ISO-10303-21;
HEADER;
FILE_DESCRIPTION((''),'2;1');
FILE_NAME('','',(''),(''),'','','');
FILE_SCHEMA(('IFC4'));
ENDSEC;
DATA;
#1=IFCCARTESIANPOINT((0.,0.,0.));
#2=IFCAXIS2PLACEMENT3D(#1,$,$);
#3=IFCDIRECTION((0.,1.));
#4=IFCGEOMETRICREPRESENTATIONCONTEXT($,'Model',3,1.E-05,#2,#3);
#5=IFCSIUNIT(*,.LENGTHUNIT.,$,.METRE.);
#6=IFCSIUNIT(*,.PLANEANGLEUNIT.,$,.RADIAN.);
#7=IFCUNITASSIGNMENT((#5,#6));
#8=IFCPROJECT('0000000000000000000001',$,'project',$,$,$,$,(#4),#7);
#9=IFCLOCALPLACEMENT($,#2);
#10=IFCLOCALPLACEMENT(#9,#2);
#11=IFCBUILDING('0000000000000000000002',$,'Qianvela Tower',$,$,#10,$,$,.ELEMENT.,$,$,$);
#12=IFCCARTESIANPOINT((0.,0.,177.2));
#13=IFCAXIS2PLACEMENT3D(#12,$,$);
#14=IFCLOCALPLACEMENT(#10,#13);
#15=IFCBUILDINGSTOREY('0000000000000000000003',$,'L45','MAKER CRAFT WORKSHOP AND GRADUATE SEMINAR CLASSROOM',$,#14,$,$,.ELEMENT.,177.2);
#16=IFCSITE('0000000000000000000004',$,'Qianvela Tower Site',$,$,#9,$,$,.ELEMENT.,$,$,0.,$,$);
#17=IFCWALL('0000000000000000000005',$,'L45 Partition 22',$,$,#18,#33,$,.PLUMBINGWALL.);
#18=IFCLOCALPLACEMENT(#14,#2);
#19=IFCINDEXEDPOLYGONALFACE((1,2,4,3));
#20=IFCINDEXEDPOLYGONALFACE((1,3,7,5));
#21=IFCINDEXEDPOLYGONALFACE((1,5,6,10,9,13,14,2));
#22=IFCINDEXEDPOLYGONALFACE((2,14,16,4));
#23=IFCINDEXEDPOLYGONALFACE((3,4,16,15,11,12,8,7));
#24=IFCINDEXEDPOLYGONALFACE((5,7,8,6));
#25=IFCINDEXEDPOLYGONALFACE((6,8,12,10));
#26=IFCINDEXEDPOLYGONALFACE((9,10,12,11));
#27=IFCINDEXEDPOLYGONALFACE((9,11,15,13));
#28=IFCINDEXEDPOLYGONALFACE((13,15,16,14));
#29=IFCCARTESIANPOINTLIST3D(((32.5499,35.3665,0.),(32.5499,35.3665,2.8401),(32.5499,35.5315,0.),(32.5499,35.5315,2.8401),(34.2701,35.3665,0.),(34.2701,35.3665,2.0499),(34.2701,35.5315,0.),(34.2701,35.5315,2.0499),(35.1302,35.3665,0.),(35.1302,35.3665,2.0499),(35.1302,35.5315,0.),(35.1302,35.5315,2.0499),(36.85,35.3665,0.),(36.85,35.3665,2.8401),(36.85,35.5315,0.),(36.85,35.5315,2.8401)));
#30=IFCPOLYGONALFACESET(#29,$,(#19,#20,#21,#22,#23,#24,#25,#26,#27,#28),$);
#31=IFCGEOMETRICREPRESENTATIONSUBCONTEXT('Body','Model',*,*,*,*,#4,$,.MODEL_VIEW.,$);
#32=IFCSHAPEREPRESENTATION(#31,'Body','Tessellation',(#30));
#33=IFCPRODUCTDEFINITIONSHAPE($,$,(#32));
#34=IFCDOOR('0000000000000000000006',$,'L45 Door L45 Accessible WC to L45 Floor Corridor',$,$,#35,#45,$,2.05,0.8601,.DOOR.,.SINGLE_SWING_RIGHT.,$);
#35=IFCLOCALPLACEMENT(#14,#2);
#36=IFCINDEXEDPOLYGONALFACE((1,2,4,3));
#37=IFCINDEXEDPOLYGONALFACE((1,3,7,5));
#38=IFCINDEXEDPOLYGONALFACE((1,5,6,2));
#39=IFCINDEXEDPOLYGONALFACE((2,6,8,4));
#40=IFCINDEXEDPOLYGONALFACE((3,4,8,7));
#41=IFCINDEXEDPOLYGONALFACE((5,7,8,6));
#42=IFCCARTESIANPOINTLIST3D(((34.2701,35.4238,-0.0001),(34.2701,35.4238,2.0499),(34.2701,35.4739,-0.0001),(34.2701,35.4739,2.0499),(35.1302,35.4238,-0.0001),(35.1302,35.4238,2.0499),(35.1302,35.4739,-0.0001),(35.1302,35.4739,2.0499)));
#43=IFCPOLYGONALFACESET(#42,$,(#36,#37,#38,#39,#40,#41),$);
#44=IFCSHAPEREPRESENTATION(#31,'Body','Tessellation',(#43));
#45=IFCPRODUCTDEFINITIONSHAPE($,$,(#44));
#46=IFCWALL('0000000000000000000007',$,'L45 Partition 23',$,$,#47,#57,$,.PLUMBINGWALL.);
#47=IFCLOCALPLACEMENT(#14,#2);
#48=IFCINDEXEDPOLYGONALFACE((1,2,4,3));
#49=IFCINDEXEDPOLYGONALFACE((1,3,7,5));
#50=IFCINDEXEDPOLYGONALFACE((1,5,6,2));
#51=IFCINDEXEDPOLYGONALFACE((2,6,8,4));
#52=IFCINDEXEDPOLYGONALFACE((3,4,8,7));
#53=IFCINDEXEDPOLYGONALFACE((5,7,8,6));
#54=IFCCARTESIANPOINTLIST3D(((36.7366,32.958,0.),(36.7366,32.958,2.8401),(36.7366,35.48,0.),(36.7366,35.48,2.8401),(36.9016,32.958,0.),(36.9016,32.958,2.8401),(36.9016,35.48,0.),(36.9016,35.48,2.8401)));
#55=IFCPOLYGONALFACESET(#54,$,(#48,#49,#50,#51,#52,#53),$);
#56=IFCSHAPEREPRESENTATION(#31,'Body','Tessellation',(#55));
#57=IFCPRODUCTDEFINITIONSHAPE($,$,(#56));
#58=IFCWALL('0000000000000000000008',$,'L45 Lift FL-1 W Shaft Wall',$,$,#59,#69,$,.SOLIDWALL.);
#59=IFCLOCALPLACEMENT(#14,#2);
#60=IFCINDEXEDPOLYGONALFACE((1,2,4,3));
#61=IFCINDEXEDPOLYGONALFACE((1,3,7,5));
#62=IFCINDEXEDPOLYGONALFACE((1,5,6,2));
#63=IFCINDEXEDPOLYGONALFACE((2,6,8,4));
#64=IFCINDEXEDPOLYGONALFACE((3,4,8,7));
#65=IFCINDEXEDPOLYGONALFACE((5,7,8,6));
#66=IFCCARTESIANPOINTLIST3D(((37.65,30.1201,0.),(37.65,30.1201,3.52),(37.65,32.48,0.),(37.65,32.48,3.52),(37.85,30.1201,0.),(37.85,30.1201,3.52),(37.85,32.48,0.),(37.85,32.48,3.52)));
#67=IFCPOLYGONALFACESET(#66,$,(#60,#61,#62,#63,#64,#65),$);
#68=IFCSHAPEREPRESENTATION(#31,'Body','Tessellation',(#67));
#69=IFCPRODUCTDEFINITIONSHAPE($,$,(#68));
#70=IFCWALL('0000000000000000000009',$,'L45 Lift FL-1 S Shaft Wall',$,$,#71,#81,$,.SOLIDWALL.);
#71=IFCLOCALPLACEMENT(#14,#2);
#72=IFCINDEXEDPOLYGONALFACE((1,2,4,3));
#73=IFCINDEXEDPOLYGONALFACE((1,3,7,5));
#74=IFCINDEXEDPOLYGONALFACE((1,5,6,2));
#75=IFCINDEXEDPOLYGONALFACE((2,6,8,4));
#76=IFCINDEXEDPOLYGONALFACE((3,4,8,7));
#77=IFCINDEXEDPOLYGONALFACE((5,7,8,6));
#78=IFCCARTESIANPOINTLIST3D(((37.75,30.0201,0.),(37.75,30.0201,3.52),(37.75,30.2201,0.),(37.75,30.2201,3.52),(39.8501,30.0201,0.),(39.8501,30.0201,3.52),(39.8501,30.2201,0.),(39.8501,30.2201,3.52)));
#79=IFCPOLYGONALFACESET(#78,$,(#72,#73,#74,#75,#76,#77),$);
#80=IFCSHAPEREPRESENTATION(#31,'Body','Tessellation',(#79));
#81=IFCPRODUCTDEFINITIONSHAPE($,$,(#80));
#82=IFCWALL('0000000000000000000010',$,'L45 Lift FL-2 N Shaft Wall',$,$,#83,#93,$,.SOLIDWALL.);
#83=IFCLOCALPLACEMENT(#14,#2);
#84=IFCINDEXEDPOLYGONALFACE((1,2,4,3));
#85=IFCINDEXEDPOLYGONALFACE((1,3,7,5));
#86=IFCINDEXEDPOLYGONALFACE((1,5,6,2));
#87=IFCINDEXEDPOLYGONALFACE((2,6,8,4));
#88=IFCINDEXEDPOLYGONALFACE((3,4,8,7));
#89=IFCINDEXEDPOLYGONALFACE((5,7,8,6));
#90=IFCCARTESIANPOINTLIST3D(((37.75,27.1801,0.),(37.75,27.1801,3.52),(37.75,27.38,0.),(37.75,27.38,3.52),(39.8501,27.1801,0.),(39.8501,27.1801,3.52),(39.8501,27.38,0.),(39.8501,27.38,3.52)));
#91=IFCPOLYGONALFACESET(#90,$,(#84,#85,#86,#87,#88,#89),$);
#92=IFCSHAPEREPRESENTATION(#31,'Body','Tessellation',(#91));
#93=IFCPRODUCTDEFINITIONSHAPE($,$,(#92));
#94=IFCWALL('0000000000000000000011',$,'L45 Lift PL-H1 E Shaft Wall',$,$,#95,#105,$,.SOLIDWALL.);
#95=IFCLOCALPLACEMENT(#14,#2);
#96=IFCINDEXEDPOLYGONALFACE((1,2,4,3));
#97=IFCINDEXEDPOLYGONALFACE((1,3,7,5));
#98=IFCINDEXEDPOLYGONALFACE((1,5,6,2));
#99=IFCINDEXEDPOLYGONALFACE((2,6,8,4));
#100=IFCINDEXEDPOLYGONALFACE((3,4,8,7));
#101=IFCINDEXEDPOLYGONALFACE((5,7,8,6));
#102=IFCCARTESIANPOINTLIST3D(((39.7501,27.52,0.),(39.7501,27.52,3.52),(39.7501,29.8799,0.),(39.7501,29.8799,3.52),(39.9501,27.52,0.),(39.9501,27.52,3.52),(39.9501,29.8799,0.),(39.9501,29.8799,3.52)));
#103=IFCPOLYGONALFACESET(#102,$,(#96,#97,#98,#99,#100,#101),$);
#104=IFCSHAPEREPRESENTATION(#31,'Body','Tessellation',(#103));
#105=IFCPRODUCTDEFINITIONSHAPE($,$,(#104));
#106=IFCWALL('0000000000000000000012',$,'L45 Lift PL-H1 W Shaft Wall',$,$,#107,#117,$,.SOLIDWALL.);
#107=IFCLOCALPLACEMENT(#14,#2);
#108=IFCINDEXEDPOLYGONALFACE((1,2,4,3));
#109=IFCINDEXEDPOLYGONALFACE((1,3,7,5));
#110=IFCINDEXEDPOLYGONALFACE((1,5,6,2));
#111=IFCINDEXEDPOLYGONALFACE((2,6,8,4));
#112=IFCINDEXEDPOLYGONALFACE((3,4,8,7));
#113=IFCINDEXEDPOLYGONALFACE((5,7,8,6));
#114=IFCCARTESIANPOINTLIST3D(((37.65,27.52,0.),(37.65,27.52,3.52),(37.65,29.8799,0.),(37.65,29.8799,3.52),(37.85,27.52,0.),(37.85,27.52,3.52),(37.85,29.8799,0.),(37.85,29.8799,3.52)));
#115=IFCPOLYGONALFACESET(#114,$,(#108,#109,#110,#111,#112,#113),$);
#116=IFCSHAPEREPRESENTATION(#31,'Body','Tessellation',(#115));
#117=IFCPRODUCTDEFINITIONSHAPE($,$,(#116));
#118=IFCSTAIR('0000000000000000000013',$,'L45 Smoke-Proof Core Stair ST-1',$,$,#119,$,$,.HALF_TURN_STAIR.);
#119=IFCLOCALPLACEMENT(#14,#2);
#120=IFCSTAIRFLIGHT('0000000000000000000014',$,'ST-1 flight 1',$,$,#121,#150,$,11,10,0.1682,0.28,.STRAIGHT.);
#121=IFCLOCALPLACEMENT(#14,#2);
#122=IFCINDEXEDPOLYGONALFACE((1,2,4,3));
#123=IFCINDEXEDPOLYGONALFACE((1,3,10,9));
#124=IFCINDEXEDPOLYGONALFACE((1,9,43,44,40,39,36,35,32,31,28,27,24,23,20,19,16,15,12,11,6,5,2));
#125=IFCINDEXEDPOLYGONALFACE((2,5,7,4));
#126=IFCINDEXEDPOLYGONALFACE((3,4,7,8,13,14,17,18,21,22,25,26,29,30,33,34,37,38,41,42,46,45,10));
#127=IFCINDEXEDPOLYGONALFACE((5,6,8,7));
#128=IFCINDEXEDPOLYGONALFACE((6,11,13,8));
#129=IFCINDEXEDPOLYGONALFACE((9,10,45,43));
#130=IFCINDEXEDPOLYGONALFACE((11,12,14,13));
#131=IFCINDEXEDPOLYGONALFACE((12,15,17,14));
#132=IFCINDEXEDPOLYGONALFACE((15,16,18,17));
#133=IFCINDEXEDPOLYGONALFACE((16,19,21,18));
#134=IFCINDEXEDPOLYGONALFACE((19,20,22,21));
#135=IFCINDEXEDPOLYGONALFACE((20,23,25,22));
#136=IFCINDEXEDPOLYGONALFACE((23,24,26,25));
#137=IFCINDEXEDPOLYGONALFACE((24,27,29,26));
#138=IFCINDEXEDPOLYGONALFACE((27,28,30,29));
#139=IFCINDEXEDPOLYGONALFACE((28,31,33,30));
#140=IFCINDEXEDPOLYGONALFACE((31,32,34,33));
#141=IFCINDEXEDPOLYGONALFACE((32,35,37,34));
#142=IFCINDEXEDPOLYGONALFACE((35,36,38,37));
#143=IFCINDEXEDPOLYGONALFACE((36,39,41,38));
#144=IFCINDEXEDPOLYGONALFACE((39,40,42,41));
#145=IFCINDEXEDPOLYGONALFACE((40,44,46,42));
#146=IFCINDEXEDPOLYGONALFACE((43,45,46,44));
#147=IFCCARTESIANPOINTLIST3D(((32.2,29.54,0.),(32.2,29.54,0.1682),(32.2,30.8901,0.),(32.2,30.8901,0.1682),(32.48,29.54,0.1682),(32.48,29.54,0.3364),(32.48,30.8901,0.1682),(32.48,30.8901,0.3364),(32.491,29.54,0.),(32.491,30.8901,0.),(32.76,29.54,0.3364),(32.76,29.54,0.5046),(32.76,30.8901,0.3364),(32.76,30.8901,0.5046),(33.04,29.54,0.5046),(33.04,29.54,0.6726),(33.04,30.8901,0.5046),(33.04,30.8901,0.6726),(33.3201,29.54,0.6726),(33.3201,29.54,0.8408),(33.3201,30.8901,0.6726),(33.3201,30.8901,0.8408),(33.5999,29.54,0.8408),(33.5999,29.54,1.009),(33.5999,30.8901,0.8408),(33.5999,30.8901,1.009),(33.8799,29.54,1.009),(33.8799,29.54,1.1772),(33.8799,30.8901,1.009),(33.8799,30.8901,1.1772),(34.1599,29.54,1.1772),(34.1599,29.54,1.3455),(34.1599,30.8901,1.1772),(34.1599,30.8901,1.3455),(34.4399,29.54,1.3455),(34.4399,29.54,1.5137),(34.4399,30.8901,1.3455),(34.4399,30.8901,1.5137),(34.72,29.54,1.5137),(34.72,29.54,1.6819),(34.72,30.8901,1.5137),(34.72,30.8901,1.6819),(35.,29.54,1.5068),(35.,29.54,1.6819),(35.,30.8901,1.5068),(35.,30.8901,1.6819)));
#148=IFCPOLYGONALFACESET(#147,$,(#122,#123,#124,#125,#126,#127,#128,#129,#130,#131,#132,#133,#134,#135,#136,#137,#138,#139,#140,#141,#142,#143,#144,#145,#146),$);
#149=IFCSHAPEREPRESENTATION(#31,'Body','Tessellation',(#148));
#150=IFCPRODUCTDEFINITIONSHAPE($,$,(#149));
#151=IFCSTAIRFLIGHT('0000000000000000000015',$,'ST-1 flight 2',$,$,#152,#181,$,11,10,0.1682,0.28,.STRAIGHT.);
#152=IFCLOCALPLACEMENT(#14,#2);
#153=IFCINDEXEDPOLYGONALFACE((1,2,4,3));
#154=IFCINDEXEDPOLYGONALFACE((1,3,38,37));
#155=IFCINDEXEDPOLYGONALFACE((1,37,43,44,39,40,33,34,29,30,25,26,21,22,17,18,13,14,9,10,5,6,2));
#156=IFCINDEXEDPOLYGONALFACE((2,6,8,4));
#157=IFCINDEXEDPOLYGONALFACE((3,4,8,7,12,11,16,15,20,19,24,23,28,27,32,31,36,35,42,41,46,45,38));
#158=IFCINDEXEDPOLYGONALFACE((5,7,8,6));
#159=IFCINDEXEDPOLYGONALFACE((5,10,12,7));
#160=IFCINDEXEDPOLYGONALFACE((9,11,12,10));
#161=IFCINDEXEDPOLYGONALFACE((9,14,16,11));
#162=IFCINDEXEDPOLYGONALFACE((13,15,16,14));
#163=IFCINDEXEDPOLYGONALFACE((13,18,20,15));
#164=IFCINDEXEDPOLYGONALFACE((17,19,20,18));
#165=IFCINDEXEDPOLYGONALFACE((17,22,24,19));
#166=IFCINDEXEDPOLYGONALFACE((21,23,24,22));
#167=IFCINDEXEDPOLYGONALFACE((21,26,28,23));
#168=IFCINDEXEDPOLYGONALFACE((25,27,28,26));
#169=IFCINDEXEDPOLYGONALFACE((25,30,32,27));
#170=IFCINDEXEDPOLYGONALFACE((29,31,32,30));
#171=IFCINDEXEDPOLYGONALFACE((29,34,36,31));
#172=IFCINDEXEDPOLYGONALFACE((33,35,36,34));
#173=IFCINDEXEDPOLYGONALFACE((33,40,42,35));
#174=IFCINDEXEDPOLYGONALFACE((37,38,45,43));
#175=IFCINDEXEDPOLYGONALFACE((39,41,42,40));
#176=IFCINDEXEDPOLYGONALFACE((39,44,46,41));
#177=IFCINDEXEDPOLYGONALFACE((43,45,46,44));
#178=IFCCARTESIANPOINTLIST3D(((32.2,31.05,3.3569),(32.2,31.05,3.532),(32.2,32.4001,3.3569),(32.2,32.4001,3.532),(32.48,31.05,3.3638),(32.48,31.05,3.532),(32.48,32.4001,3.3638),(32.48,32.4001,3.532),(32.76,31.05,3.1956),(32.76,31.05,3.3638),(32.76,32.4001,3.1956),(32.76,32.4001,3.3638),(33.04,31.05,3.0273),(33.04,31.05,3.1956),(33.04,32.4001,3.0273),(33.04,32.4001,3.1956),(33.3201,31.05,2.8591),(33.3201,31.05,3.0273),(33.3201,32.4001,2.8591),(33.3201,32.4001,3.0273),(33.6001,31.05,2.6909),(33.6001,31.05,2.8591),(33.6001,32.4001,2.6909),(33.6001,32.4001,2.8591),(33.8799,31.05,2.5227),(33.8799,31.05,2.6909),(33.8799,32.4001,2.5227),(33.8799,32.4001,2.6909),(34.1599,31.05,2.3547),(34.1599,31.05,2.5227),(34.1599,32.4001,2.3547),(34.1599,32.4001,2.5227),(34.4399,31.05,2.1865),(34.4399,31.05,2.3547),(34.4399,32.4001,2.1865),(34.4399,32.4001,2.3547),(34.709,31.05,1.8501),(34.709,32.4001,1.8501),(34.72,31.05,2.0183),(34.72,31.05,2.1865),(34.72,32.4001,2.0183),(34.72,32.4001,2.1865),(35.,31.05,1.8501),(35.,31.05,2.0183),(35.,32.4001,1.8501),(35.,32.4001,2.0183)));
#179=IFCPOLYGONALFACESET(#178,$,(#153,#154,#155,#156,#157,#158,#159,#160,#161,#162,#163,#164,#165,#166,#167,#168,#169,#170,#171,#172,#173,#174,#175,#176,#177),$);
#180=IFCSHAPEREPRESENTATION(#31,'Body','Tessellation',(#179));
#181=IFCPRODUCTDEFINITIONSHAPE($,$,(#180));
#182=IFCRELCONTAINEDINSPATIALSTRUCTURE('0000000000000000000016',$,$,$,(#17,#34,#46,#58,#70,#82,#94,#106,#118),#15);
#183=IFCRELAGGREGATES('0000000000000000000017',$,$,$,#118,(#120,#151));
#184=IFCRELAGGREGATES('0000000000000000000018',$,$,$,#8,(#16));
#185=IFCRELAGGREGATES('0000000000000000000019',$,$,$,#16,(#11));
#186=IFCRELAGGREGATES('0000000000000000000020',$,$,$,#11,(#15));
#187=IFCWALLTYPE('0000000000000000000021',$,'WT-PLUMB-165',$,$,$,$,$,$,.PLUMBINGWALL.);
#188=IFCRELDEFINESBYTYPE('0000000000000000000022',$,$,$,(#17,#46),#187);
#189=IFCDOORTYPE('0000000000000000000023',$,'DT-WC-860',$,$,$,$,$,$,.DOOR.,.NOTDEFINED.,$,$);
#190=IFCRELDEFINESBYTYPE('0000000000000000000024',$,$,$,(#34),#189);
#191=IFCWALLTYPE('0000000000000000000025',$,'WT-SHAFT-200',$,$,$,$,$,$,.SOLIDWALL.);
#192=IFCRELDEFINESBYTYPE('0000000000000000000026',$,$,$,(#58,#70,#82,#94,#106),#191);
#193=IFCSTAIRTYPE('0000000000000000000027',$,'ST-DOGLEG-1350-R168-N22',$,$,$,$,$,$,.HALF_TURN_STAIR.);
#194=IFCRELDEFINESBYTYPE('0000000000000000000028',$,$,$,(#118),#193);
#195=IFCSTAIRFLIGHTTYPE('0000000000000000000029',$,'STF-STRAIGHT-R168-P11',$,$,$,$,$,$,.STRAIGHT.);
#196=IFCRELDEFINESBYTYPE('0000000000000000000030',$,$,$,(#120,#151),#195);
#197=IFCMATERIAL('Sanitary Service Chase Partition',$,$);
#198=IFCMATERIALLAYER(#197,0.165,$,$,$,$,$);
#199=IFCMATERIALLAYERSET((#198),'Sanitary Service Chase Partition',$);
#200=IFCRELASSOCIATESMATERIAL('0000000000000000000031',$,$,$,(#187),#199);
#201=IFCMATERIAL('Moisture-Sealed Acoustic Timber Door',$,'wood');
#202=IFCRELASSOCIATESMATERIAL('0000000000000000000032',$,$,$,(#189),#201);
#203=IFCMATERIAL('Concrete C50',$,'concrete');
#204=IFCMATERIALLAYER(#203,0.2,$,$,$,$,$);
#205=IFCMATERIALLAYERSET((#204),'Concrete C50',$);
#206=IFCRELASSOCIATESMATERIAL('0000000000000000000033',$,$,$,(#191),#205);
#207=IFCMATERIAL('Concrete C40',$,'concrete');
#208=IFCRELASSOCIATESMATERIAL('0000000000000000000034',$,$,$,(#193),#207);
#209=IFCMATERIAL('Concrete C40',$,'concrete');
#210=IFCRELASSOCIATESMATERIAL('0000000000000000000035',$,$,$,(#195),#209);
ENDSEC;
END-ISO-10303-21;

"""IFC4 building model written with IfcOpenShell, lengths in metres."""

from ifc_helpers import new_model, si_unit, direction, frame, frame_2d, origin, place, context, subcontext, project, spatial, polyline, rectangle, outline, extrude, material, layer, layer_set, type_object, element, fill, aggregate, save


model = new_model("IFC4")

# Units and contexts
model_context = context("Model", 3, precision=1e-05, world=origin(), true_north=direction((0.0, 1.0)))
body_context = subcontext(model_context, "Body", "Model", "MODEL_VIEW")
ifc_project = project(units=[si_unit("LENGTHUNIT", "METRE"), si_unit("PLANEANGLEUNIT", "RADIAN")], contexts=[model_context])

# Site, building, storey
site_placement = place(None, origin())
site = spatial("IfcSite", under=ifc_project, at=site_placement, Name="Qianvela Tower Site", CompositionType="ELEMENT", RefElevation=0.0)
building_placement = place(site_placement, origin())
building = spatial("IfcBuilding", under=site, at=building_placement, Name="Qianvela Tower", CompositionType="ELEMENT")
storey_placement = place(building_placement, frame((0.0, 0.0, 177.2)))
storey = spatial("IfcBuildingStorey", under=building, at=storey_placement, Name="L45", Description="MAKER CRAFT WORKSHOP AND GRADUATE SEMINAR CLASSROOM", CompositionType="ELEMENT", Elevation=177.2)

# Wall, opening, door
ifc_material_1 = material(Name="Sanitary Service Chase Partition")
ifc_layer_1 = layer(ifc_material_1, 0.165)
ifc_layer_set_1 = layer_set([ifc_layer_1], Name="Sanitary Service Chase Partition")
wall_type_1 = type_object("IfcWallType", Name="WT-PLUMB-165", PredefinedType="PLUMBINGWALL", material=ifc_layer_set_1)
wall_1_placement = place(storey_placement, frame((32.55, 35.449, 0.0), z_axis=(0.0, 0.0, 1.0), x_axis=(1.0, 0.0, 0.0)))
wall_1 = element("IfcWall", 1, at=wall_1_placement, inside=storey, type_object=wall_type_1, Name="L45 Partition 22", PredefinedType="PLUMBINGWALL", context=body_context, shape_type="SweptSolid", body=[
    extrude(rectangle(XDim=4.3, YDim=0.165, at=frame_2d((2.1499, 0.0))), origin(), (0.0, 0.0, 1.0), 2.8401),
])
opening_1_placement = place(wall_1_placement, frame((1.72, 0.0, 0.0)))
opening_1 = element("IfcOpeningElement", 2, at=opening_1_placement, cuts=wall_1, PredefinedType="OPENING", context=body_context, shape_type="SweptSolid", body=[
    extrude(rectangle(XDim=0.8601, YDim=2.05, at=frame_2d((0.4302, 1.0249))), frame((0.0, 0.0925, 0.0), z_axis=(0.0, -1.0, 0.0), x_axis=(1.0, 0.0, 0.0)), (0.0, 0.0, 1.0), 0.1851),
])
ifc_material_2 = material(Name="Moisture-Sealed Acoustic Timber Door", Category="wood")
door_type_1 = type_object("IfcDoorType", Name="DT-WC-860", OperationType="NOTDEFINED", PredefinedType="DOOR", material=ifc_material_2)
door_1_placement = place(opening_1_placement, origin())
door_1 = element("IfcDoor", 3, at=door_1_placement, inside=storey, type_object=door_type_1, Name="L45 Door L45 Accessible WC to L45 Floor Corridor", OperationType="SINGLE_SWING_RIGHT", OverallHeight=2.05, OverallWidth=0.8601, PredefinedType="DOOR", context=body_context, shape_type="SweptSolid", body=[
    extrude(rectangle(XDim=0.8601, YDim=2.05, at=frame_2d((0.4302, 1.0249))), frame((0.0, 0.0249, 0.0), z_axis=(0.0, -1.0, 0.0), x_axis=(1.0, 0.0, 0.0)), (0.0, 0.0, 1.0), 0.05),
])
fill(opening_1, door_1)

# Wall
wall_2_placement = place(storey_placement, frame((36.8191, 35.48, 0.0), z_axis=(0.0, 0.0, 1.0), x_axis=(0.0, -1.0, 0.0)))
element("IfcWall", 4, at=wall_2_placement, inside=storey, type_object=wall_type_1, Name="L45 Partition 23", PredefinedType="PLUMBINGWALL", context=body_context, shape_type="SweptSolid", body=[
    extrude(rectangle(XDim=2.522, YDim=0.165, at=frame_2d((1.261, 0.0))), origin(), (0.0, 0.0, 1.0), 2.8401),
])

# Shared definitions
ifc_material_3 = material(Name="Concrete C50", Category="concrete")
ifc_layer_2 = layer(ifc_material_3, 0.2)
ifc_layer_set_2 = layer_set([ifc_layer_2], Name="Concrete C50")
wall_type_2 = type_object("IfcWallType", Name="WT-SHAFT-200", PredefinedType="SOLIDWALL", material=ifc_layer_set_2)

# Walls
wall_3_placement = place(storey_placement, frame((37.75, 30.1201, 0.0), z_axis=(0.0, 0.0, 1.0), x_axis=(0.0, 1.0, 0.0)))
element("IfcWall", 5, at=wall_3_placement, inside=storey, type_object=wall_type_2, Name="L45 Lift FL-1 W Shaft Wall", PredefinedType="SOLIDWALL", context=body_context, shape_type="SweptSolid", body=[
    extrude(rectangle(XDim=2.3599, YDim=0.2, at=frame_2d((1.1799, 0.0))), origin(), (0.0, 0.0, 1.0), 3.52),
])
for number, where, z_axis, x_axis, name in (
    (6, (37.75, 30.1201, 0.0), (0.0, 0.0, 1.0), (1.0, 0.0, 0.0), "L45 Lift FL-1 S Shaft Wall"),
    (7, (37.75, 27.28, 0.0), (0.0, 0.0, 1.0), (1.0, 0.0, 0.0), "L45 Lift FL-2 N Shaft Wall"),
):
    element("IfcWall", number, at=place(storey_placement, frame(where, z_axis=z_axis, x_axis=x_axis)), inside=storey, type_object=wall_type_2, Name=name, PredefinedType="SOLIDWALL", context=body_context, shape_type="SweptSolid", body=[
        extrude(rectangle(XDim=2.1001, YDim=0.2, at=frame_2d((1.05, 0.0))), origin(), (0.0, 0.0, 1.0), 3.52),
    ])
for number, where, z_axis, x_axis, name in (
    (8, (39.8501, 27.52, 0.0), (0.0, 0.0, 1.0), (0.0, 1.0, 0.0), "L45 Lift PL-H1 E Shaft Wall"),
    (9, (37.75, 27.52, 0.0), (0.0, 0.0, 1.0), (0.0, 1.0, 0.0), "L45 Lift PL-H1 W Shaft Wall"),
):
    element("IfcWall", number, at=place(storey_placement, frame(where, z_axis=z_axis, x_axis=x_axis)), inside=storey, type_object=wall_type_2, Name=name, PredefinedType="SOLIDWALL", context=body_context, shape_type="SweptSolid", body=[
        extrude(rectangle(XDim=2.3599, YDim=0.2, at=frame_2d((1.1799, 0.0))), origin(), (0.0, 0.0, 1.0), 3.52),
    ])

# Stair, stair flights
ifc_material_4 = material(Name="Concrete C40", Category="concrete")
stair_type = type_object("IfcStairType", Name="ST-DOGLEG-1350-R168-N22", PredefinedType="HALF_TURN_STAIR", material=ifc_material_4)
stair_1_placement = place(storey_placement, origin())
stair_1 = element("IfcStair", 10, at=stair_1_placement, inside=storey, type_object=stair_type, Name="L45 Smoke-Proof Core Stair ST-1", PredefinedType="HALF_TURN_STAIR")
ifc_material_5 = material(Name="Concrete C40", Category="concrete")
stair_flight_type = type_object("IfcStairFlightType", Name="STF-STRAIGHT-R168-P11", PredefinedType="STRAIGHT", material=ifc_material_5)
stair_flight_1_placement = place(storey_placement, frame((32.2, 30.2151, 0.0), z_axis=(0.0, 0.0, 1.0), x_axis=(1.0, 0.0, 0.0)))
stair_flight_1 = element("IfcStairFlight", 11, at=stair_flight_1_placement, type_object=stair_flight_type, Name="ST-1 flight 1", NumberOfRisers=11, NumberOfTreads=10, PredefinedType="STRAIGHT", RiserHeight=0.1682, TreadLength=0.28, context=body_context, shape_type="SweptSolid", body=[
    extrude(outline(polyline([(0.0, 0.0), (0.0, 0.1682), (0.28, 0.1682), (0.28, 0.3364), (0.5601, 0.3364), (0.5601, 0.5046), (0.8401, 0.5046), (0.8401, 0.6726), (1.1201, 0.6726), (1.1201, 0.8408), (1.3999, 0.8408), (1.3999, 1.009), (1.6799, 1.009), (1.6799, 1.1772), (1.96, 1.1772), (1.96, 1.3455), (2.24, 1.3455), (2.24, 1.5137), (2.52, 1.5137), (2.52, 1.6819), (2.8, 1.6819), (2.8, 1.8501), (2.8, 1.5068), (0.291, 0.0), (0.0, 0.0)])), frame((0.0, 0.675, 0.0), z_axis=(0.0, -1.0, 0.0), x_axis=(1.0, 0.0, 0.0)), (0.0, 0.0, 1.0), 1.3501),
])
stair_flight_2_placement = place(storey_placement, frame((35.0, 31.7251, 1.8501), z_axis=(0.0, 0.0, 1.0), x_axis=(-1.0, 0.0, 0.0)))
stair_flight_2 = element("IfcStairFlight", 12, at=stair_flight_2_placement, type_object=stair_flight_type, Name="ST-1 flight 2", NumberOfRisers=11, NumberOfTreads=10, PredefinedType="STRAIGHT", RiserHeight=0.1682, TreadLength=0.28, context=body_context, shape_type="SweptSolid", body=[
    extrude(outline(polyline([(0.0, 0.0), (0.0, 0.1682), (0.28, 0.1682), (0.28, 0.3364), (0.5601, 0.3364), (0.5601, 0.5046), (0.8401, 0.5046), (0.8401, 0.6726), (1.1201, 0.6726), (1.1201, 0.8408), (1.3999, 0.8408), (1.3999, 1.009), (1.6799, 1.009), (1.6799, 1.1772), (1.96, 1.1772), (1.96, 1.3455), (2.24, 1.3455), (2.24, 1.5137), (2.52, 1.5137), (2.52, 1.6819), (2.8, 1.6819), (2.8, 1.8501), (2.8, 1.5068), (0.291, 0.0), (0.0, 0.0)])), frame((0.0, 0.675, 0.0), z_axis=(0.0, -1.0, 0.0), x_axis=(1.0, 0.0, 0.0)), (0.0, 0.0, 1.0), 1.3501),
])
aggregate(stair_1, [stair_flight_1, stair_flight_2])

save(model, "model.ifc")
